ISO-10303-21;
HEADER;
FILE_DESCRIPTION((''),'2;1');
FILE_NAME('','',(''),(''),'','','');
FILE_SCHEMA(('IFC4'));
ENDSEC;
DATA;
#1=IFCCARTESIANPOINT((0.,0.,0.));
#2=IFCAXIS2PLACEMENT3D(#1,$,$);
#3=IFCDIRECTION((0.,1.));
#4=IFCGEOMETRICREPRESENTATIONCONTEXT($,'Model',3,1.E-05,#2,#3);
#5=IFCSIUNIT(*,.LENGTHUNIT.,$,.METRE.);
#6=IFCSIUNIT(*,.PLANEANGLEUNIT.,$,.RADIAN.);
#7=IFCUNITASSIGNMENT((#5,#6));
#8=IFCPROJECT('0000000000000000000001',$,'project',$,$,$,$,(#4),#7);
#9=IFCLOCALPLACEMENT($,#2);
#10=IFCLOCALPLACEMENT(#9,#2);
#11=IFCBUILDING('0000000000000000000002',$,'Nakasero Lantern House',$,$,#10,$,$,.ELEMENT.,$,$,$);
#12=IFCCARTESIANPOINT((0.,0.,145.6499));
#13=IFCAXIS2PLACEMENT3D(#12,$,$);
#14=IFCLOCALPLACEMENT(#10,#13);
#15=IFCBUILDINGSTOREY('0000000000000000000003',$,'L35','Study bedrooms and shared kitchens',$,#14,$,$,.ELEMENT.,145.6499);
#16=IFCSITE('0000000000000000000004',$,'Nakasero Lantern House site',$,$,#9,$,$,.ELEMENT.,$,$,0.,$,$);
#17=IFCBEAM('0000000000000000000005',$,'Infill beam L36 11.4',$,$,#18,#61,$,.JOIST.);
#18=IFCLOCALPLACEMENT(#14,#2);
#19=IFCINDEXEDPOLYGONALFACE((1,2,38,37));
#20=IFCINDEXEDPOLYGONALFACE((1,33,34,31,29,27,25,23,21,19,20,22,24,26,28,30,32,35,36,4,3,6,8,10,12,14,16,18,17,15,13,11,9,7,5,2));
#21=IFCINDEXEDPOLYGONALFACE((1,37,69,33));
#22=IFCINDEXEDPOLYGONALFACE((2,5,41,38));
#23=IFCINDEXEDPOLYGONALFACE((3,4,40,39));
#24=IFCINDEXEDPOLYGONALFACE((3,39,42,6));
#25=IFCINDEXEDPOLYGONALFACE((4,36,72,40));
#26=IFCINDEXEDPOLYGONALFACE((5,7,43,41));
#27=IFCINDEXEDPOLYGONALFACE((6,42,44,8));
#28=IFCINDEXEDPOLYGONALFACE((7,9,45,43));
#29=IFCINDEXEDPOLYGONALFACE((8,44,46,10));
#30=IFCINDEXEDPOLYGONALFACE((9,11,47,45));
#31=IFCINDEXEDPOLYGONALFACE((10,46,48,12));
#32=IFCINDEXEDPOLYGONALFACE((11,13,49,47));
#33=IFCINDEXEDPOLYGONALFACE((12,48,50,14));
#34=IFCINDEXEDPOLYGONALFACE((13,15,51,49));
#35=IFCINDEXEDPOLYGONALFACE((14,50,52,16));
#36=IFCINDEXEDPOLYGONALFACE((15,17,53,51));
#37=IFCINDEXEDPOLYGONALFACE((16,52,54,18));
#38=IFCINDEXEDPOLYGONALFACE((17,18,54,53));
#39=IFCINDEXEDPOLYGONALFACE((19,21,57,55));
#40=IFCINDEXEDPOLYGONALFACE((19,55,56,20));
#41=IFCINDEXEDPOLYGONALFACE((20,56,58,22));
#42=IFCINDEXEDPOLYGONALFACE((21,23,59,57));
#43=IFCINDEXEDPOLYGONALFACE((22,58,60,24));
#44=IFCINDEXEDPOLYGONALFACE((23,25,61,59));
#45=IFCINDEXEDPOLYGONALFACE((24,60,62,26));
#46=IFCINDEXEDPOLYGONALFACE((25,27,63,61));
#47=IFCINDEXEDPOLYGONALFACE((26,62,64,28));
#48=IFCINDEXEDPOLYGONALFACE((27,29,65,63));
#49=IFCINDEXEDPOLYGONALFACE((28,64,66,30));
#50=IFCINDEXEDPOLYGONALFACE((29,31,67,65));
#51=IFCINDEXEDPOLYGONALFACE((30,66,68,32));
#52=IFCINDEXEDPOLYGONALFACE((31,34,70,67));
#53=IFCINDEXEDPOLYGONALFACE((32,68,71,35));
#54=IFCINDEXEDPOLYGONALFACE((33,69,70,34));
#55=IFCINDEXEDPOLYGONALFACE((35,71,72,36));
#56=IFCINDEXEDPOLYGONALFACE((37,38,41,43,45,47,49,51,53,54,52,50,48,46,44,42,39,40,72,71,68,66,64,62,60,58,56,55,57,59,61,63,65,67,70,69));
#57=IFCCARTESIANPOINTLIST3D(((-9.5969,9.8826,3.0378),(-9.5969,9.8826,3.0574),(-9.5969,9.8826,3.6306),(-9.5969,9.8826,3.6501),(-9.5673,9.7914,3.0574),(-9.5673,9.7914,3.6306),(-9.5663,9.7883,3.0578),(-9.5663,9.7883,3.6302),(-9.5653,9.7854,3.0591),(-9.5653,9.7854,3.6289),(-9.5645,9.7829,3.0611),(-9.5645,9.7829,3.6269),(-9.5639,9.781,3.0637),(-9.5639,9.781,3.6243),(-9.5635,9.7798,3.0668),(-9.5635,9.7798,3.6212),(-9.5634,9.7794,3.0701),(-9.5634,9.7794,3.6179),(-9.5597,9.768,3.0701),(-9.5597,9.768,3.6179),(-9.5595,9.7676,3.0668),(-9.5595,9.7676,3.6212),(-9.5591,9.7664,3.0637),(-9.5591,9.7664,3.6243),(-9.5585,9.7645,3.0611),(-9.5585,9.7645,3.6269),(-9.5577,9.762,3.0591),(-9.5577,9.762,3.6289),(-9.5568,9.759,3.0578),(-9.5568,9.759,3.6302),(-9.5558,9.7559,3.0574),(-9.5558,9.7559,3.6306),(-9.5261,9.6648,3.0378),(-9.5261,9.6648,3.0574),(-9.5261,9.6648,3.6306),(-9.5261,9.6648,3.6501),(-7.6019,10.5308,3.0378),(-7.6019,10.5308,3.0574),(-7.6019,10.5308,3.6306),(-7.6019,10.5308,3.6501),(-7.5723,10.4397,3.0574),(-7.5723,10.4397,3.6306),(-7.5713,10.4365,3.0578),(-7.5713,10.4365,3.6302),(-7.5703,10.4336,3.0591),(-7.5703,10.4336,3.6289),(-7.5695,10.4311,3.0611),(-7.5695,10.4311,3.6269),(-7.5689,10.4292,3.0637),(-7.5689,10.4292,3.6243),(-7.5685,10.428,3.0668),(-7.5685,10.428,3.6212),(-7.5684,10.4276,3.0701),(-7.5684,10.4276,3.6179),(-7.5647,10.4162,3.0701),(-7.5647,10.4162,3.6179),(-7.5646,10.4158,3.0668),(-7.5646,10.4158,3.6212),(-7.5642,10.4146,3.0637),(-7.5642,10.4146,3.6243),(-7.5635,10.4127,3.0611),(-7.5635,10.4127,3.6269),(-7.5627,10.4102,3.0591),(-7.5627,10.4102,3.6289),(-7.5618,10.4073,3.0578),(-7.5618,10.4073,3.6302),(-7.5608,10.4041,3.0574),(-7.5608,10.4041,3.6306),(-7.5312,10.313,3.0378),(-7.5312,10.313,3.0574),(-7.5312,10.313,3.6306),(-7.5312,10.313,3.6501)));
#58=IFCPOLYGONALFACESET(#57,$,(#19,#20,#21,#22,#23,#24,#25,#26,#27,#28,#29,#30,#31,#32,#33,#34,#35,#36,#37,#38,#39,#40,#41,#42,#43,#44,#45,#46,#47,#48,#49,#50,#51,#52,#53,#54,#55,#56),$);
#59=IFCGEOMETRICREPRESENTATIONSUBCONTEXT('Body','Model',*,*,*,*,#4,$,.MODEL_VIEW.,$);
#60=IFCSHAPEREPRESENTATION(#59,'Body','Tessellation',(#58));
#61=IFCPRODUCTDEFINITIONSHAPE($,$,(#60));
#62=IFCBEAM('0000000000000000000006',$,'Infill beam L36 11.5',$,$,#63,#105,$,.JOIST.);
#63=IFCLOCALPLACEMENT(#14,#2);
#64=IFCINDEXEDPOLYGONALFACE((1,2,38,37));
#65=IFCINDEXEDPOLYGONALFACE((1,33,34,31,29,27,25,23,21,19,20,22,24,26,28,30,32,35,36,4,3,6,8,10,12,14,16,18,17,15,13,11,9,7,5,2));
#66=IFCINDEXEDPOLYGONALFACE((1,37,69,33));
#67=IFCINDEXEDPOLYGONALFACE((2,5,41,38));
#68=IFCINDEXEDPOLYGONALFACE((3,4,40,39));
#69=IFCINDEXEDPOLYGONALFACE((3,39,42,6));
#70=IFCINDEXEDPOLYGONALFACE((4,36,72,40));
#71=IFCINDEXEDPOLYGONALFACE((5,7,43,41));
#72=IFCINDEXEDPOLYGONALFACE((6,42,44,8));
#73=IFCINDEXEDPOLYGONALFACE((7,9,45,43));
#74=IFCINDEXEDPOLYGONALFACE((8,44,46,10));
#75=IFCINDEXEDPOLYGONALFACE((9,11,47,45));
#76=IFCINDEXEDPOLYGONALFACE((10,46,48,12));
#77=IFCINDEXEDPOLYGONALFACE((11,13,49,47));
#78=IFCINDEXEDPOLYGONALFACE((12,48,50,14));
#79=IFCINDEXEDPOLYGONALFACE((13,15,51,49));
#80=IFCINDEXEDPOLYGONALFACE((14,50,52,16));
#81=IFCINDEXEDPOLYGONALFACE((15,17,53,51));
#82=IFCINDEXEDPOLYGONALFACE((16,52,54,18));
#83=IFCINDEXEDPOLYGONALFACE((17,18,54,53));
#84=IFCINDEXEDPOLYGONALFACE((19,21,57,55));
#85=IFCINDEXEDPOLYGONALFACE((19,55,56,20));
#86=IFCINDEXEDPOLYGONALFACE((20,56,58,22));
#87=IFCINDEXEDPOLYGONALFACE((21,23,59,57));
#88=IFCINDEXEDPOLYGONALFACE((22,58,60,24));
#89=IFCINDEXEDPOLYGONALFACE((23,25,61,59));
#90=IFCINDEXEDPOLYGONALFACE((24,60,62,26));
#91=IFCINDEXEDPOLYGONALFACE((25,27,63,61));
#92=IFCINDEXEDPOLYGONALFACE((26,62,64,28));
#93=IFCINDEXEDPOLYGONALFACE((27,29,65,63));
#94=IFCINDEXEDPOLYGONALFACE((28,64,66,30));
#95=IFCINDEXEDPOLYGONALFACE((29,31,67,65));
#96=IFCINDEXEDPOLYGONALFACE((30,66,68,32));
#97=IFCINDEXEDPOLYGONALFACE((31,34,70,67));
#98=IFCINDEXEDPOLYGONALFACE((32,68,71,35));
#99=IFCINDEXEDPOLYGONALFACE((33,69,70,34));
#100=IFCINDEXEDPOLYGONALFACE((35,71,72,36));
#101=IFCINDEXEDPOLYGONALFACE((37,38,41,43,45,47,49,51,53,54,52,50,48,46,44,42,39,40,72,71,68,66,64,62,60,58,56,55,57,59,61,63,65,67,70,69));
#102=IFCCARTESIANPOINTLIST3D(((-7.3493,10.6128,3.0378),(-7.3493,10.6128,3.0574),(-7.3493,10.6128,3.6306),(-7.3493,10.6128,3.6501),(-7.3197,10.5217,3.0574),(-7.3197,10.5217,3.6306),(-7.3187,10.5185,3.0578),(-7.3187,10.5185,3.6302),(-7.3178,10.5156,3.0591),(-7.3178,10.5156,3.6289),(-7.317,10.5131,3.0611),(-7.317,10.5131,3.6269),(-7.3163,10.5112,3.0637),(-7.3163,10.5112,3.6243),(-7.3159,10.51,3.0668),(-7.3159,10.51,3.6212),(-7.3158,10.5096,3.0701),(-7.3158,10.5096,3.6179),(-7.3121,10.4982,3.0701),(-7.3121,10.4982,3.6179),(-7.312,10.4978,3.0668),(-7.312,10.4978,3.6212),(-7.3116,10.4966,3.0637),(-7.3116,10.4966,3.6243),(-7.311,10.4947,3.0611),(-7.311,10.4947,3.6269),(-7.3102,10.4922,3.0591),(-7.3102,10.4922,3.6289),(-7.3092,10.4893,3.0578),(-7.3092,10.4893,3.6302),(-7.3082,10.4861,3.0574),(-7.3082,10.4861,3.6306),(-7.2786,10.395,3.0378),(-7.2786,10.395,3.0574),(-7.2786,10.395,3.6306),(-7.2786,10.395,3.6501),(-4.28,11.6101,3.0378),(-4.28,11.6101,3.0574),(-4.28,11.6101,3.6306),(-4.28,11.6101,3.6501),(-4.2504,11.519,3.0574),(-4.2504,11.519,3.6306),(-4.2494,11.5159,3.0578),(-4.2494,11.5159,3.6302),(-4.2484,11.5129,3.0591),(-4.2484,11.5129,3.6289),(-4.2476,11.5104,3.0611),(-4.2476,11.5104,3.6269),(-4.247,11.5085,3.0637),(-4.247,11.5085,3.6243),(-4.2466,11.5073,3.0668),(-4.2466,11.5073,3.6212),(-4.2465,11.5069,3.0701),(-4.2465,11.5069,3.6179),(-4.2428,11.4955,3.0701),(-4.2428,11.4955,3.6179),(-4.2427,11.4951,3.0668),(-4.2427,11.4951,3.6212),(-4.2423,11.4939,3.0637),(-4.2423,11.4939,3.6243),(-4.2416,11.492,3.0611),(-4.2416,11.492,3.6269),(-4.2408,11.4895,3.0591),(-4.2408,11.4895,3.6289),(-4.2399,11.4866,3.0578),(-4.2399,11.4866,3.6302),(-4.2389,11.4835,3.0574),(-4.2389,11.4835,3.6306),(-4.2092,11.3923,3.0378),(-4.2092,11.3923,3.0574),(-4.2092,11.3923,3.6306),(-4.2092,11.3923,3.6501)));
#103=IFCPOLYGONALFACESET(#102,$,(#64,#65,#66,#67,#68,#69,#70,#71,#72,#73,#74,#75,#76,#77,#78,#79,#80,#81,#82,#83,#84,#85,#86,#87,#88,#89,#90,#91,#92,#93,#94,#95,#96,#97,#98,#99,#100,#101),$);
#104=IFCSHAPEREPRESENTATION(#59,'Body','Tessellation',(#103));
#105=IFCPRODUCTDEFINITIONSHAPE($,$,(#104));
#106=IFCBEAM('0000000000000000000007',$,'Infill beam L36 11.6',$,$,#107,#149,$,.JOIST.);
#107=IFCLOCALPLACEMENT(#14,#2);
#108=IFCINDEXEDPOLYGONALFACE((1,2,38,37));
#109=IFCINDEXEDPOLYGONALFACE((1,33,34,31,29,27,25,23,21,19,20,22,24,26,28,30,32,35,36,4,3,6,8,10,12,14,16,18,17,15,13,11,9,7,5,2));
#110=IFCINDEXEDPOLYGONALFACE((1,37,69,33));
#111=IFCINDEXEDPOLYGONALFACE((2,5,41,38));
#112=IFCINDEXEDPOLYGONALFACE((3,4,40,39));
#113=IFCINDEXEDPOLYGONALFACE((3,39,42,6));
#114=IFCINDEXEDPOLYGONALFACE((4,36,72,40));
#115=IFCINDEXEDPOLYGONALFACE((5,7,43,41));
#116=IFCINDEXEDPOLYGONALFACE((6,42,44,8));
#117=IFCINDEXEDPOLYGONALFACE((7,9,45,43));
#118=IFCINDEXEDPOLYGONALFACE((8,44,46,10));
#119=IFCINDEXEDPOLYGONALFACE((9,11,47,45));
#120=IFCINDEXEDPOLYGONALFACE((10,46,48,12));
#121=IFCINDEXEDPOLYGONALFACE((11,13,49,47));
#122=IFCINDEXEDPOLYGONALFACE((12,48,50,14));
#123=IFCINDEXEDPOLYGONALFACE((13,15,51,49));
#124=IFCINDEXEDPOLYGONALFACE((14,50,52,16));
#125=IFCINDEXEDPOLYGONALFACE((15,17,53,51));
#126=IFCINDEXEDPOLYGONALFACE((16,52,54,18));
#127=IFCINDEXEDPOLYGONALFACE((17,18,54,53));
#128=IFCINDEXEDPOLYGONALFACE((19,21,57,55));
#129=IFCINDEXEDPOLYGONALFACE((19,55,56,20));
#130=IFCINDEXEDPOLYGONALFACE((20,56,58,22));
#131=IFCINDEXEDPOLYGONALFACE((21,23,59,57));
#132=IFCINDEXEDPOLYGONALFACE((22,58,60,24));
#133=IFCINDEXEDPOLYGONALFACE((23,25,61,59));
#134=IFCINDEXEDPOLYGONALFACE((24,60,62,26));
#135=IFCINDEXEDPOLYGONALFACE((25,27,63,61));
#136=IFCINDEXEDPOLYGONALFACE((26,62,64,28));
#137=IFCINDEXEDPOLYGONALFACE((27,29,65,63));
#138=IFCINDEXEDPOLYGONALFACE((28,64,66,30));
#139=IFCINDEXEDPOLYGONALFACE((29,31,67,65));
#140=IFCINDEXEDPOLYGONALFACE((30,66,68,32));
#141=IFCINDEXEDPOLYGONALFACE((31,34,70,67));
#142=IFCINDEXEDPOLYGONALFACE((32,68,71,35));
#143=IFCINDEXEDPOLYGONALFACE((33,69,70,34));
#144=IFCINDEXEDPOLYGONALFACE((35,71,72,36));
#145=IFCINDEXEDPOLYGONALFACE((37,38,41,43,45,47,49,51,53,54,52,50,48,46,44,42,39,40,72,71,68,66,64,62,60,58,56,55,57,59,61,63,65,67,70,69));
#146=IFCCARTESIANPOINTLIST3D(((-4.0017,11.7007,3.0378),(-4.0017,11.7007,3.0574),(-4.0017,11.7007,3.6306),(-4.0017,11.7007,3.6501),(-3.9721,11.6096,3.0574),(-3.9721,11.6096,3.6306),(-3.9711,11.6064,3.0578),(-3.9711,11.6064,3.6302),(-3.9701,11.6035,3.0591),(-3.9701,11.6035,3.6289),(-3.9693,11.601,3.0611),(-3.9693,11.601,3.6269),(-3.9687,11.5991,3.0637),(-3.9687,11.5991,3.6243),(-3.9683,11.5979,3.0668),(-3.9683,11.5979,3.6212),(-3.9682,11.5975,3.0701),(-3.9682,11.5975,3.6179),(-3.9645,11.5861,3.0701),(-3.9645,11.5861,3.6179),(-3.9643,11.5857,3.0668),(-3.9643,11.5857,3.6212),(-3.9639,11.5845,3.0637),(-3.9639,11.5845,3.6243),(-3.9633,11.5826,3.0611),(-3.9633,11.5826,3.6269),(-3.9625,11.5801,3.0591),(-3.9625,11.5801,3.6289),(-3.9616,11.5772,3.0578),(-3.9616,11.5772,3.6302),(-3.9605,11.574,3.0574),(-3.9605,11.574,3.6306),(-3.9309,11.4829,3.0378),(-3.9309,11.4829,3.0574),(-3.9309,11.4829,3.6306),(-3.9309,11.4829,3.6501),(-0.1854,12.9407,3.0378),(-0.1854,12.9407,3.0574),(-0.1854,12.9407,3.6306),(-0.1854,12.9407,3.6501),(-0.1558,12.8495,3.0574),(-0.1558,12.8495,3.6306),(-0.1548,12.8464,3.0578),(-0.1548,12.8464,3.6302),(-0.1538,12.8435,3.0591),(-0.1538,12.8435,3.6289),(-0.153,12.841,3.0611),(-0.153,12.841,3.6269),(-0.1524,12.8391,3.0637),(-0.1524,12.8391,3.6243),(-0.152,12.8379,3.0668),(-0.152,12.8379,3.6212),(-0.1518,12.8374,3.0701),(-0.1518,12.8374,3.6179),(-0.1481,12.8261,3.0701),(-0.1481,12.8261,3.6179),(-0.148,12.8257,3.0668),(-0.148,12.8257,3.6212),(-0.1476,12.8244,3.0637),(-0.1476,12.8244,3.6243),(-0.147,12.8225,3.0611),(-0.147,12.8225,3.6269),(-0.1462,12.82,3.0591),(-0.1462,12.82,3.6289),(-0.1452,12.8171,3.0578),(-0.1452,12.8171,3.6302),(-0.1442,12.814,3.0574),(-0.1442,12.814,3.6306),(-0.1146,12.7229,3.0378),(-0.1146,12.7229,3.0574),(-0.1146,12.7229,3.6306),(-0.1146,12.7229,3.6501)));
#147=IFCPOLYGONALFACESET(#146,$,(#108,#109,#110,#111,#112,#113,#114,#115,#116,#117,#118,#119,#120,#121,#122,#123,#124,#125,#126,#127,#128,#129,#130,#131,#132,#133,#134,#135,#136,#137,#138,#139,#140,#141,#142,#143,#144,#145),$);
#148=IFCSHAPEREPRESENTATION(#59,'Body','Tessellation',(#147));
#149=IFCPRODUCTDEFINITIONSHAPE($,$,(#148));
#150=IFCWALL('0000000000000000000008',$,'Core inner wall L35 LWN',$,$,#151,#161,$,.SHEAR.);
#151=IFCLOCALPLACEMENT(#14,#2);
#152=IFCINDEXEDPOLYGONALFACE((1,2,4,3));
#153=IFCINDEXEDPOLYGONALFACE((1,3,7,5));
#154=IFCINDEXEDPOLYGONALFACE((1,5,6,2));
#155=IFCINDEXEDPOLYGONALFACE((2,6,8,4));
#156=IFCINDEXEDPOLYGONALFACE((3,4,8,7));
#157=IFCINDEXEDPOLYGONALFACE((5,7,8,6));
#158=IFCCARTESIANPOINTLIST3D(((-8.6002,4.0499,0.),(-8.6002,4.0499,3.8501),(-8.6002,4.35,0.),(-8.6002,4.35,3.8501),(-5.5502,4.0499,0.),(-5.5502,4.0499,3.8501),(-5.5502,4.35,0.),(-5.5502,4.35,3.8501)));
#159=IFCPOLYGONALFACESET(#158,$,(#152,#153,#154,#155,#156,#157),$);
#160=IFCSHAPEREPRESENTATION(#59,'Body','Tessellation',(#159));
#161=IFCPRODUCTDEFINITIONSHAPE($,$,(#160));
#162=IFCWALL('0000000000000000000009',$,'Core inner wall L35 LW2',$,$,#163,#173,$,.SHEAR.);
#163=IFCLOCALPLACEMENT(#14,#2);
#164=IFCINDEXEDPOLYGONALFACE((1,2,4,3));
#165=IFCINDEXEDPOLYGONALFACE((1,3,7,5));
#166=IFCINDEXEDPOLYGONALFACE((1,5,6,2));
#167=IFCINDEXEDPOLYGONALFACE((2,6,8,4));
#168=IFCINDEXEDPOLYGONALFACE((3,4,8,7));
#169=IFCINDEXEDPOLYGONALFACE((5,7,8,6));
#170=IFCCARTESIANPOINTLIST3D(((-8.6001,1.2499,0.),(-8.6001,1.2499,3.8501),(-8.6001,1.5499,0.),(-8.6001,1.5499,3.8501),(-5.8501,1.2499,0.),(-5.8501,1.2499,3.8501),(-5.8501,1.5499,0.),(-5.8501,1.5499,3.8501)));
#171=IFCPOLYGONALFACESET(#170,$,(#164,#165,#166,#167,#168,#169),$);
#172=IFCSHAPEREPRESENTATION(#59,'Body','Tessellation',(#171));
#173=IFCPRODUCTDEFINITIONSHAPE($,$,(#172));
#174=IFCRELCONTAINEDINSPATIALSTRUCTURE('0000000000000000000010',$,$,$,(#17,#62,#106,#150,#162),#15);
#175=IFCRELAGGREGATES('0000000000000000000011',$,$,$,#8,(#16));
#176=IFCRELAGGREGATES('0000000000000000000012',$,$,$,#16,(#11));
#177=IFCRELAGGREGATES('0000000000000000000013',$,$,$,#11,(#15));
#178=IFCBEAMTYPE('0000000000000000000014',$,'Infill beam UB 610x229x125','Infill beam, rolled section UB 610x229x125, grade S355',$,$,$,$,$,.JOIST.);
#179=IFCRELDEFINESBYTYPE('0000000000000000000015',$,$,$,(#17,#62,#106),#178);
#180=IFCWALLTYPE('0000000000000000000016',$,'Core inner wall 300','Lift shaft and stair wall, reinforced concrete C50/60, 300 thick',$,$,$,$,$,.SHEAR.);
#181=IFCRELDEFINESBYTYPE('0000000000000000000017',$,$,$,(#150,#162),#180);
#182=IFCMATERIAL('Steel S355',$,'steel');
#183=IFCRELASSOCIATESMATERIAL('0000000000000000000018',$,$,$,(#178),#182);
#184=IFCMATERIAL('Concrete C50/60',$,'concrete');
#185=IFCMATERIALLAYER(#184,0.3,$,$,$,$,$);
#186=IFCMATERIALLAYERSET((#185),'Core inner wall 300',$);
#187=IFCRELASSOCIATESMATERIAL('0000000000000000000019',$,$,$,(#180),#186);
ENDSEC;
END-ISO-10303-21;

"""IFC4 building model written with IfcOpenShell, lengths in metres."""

from ifc_helpers import new_model, si_unit, direction, frame, frame_2d, origin, origin_2d, place, context, subcontext, project, spatial, rectangle, i_section, extrude, material, layer, layer_set, material_profile, profile_set, type_object, element, save


model = new_model("IFC4")

# Units and contexts
model_context = context("Model", 3, precision=1e-05, world=origin(), true_north=direction((0.0, 1.0)))
body_context = subcontext(model_context, "Body", "Model", "MODEL_VIEW")
ifc_project = project(units=[si_unit("LENGTHUNIT", "METRE"), si_unit("PLANEANGLEUNIT", "RADIAN")], contexts=[model_context])

# Site, building, storey
site_placement = place(None, origin())
site = spatial("IfcSite", under=ifc_project, at=site_placement, Name="Nakasero Lantern House site", CompositionType="ELEMENT", RefElevation=0.0)
building_placement = place(site_placement, origin())
building = spatial("IfcBuilding", under=site, at=building_placement, Name="Nakasero Lantern House", CompositionType="ELEMENT")
storey_placement = place(building_placement, frame((0.0, 0.0, 145.6499)))
storey = spatial("IfcBuildingStorey", under=building, at=storey_placement, Name="L35", Description="Study bedrooms and shared kitchens", CompositionType="ELEMENT", Elevation=145.6499)

# Beams
ifc_material_1 = material(Name="Steel S355", Category="steel")
ifc_material_profile = material_profile(ifc_material_1, i_section(OverallWidth=0.229, OverallDepth=0.6123, WebThickness=0.012, FlangeThickness=0.0195, FilletRadius=0.0127, at=origin_2d()), Name="UB 610x229x125")
ifc_profile_set = profile_set([ifc_material_profile], Name="Steel S355")
beam_type = type_object("IfcBeamType", Name="Infill beam UB 610x229x125", Description="Infill beam, rolled section UB 610x229x125, grade S355", PredefinedType="JOIST", material=ifc_profile_set)
beam_1_placement = place(storey_placement, frame((-9.5615, 9.7737, 3.344), z_axis=(0.951054, 0.309026, 0.0), x_axis=(-0.309026, 0.951054, 0.0)))
element("IfcBeam", 1, at=beam_1_placement, inside=storey, type_object=beam_type, Name="Infill beam L36 11.4", PredefinedType="JOIST", context=body_context, shape_type="SweptSolid", body=[
    extrude(i_section(OverallWidth=0.229, OverallDepth=0.6123, WebThickness=0.012, FlangeThickness=0.0195, FilletRadius=0.0127, at=origin_2d()), origin(), (0.0, 0.0, 1.0), 2.0977),
])
beam_2_placement = place(storey_placement, frame((-7.314, 10.5039, 3.344), z_axis=(0.951054, 0.309024, 0.0), x_axis=(-0.309024, 0.951054, 0.0)))
element("IfcBeam", 2, at=beam_2_placement, inside=storey, type_object=beam_type, Name="Infill beam L36 11.5", PredefinedType="JOIST", context=body_context, shape_type="SweptSolid", body=[
    extrude(i_section(OverallWidth=0.229, OverallDepth=0.6123, WebThickness=0.012, FlangeThickness=0.0195, FilletRadius=0.0127, at=origin_2d()), origin(), (0.0, 0.0, 1.0), 3.2273),
])
beam_3_placement = place(storey_placement, frame((-3.9663, 11.5918, 3.344), z_axis=(0.951059, 0.309009, 0.0), x_axis=(-0.309009, 0.951059, 0.0)))
element("IfcBeam", 3, at=beam_3_placement, inside=storey, type_object=beam_type, Name="Infill beam L36 11.6", PredefinedType="JOIST", context=body_context, shape_type="SweptSolid", body=[
    extrude(i_section(OverallWidth=0.229, OverallDepth=0.6123, WebThickness=0.012, FlangeThickness=0.0195, FilletRadius=0.0127, at=origin_2d()), origin(), (0.0, 0.0, 1.0), 4.0127),
])

# Walls
ifc_material_2 = material(Name="Concrete C50/60", Category="concrete")
ifc_layer_1 = layer(ifc_material_2, 0.3)
ifc_layer_set_1 = layer_set([ifc_layer_1], Name="Core inner wall 300")
wall_type_1 = type_object("IfcWallType", Name="Core inner wall 300", Description="Lift shaft and stair wall, reinforced concrete C50/60, 300 thick", PredefinedType="SHEAR", material=ifc_layer_set_1)
wall_1_placement = place(storey_placement, frame((-8.6001, 4.2, 0.0), z_axis=(0.0, 0.0, 1.0), x_axis=(1.0, 0.0, 0.0)))
element("IfcWall", 4, at=wall_1_placement, inside=storey, type_object=wall_type_1, Name="Core inner wall L35 LWN", PredefinedType="SHEAR", context=body_context, shape_type="SweptSolid", body=[
    extrude(rectangle(XDim=3.05, YDim=0.3, at=frame_2d((1.5249, 0.0))), origin(), (0.0, 0.0, 1.0), 3.8501),
])
wall_2_placement = place(storey_placement, frame((-8.6001, 1.3999, 0.0), z_axis=(0.0, 0.0, 1.0), x_axis=(1.0, 0.0, 0.0)))
element("IfcWall", 5, at=wall_2_placement, inside=storey, type_object=wall_type_1, Name="Core inner wall L35 LW2", PredefinedType="SHEAR", context=body_context, shape_type="SweptSolid", body=[
    extrude(rectangle(XDim=2.75, YDim=0.3, at=frame_2d((1.375, 0.0))), origin(), (0.0, 0.0, 1.0), 3.8501),
])

save(model, "model.ifc")
